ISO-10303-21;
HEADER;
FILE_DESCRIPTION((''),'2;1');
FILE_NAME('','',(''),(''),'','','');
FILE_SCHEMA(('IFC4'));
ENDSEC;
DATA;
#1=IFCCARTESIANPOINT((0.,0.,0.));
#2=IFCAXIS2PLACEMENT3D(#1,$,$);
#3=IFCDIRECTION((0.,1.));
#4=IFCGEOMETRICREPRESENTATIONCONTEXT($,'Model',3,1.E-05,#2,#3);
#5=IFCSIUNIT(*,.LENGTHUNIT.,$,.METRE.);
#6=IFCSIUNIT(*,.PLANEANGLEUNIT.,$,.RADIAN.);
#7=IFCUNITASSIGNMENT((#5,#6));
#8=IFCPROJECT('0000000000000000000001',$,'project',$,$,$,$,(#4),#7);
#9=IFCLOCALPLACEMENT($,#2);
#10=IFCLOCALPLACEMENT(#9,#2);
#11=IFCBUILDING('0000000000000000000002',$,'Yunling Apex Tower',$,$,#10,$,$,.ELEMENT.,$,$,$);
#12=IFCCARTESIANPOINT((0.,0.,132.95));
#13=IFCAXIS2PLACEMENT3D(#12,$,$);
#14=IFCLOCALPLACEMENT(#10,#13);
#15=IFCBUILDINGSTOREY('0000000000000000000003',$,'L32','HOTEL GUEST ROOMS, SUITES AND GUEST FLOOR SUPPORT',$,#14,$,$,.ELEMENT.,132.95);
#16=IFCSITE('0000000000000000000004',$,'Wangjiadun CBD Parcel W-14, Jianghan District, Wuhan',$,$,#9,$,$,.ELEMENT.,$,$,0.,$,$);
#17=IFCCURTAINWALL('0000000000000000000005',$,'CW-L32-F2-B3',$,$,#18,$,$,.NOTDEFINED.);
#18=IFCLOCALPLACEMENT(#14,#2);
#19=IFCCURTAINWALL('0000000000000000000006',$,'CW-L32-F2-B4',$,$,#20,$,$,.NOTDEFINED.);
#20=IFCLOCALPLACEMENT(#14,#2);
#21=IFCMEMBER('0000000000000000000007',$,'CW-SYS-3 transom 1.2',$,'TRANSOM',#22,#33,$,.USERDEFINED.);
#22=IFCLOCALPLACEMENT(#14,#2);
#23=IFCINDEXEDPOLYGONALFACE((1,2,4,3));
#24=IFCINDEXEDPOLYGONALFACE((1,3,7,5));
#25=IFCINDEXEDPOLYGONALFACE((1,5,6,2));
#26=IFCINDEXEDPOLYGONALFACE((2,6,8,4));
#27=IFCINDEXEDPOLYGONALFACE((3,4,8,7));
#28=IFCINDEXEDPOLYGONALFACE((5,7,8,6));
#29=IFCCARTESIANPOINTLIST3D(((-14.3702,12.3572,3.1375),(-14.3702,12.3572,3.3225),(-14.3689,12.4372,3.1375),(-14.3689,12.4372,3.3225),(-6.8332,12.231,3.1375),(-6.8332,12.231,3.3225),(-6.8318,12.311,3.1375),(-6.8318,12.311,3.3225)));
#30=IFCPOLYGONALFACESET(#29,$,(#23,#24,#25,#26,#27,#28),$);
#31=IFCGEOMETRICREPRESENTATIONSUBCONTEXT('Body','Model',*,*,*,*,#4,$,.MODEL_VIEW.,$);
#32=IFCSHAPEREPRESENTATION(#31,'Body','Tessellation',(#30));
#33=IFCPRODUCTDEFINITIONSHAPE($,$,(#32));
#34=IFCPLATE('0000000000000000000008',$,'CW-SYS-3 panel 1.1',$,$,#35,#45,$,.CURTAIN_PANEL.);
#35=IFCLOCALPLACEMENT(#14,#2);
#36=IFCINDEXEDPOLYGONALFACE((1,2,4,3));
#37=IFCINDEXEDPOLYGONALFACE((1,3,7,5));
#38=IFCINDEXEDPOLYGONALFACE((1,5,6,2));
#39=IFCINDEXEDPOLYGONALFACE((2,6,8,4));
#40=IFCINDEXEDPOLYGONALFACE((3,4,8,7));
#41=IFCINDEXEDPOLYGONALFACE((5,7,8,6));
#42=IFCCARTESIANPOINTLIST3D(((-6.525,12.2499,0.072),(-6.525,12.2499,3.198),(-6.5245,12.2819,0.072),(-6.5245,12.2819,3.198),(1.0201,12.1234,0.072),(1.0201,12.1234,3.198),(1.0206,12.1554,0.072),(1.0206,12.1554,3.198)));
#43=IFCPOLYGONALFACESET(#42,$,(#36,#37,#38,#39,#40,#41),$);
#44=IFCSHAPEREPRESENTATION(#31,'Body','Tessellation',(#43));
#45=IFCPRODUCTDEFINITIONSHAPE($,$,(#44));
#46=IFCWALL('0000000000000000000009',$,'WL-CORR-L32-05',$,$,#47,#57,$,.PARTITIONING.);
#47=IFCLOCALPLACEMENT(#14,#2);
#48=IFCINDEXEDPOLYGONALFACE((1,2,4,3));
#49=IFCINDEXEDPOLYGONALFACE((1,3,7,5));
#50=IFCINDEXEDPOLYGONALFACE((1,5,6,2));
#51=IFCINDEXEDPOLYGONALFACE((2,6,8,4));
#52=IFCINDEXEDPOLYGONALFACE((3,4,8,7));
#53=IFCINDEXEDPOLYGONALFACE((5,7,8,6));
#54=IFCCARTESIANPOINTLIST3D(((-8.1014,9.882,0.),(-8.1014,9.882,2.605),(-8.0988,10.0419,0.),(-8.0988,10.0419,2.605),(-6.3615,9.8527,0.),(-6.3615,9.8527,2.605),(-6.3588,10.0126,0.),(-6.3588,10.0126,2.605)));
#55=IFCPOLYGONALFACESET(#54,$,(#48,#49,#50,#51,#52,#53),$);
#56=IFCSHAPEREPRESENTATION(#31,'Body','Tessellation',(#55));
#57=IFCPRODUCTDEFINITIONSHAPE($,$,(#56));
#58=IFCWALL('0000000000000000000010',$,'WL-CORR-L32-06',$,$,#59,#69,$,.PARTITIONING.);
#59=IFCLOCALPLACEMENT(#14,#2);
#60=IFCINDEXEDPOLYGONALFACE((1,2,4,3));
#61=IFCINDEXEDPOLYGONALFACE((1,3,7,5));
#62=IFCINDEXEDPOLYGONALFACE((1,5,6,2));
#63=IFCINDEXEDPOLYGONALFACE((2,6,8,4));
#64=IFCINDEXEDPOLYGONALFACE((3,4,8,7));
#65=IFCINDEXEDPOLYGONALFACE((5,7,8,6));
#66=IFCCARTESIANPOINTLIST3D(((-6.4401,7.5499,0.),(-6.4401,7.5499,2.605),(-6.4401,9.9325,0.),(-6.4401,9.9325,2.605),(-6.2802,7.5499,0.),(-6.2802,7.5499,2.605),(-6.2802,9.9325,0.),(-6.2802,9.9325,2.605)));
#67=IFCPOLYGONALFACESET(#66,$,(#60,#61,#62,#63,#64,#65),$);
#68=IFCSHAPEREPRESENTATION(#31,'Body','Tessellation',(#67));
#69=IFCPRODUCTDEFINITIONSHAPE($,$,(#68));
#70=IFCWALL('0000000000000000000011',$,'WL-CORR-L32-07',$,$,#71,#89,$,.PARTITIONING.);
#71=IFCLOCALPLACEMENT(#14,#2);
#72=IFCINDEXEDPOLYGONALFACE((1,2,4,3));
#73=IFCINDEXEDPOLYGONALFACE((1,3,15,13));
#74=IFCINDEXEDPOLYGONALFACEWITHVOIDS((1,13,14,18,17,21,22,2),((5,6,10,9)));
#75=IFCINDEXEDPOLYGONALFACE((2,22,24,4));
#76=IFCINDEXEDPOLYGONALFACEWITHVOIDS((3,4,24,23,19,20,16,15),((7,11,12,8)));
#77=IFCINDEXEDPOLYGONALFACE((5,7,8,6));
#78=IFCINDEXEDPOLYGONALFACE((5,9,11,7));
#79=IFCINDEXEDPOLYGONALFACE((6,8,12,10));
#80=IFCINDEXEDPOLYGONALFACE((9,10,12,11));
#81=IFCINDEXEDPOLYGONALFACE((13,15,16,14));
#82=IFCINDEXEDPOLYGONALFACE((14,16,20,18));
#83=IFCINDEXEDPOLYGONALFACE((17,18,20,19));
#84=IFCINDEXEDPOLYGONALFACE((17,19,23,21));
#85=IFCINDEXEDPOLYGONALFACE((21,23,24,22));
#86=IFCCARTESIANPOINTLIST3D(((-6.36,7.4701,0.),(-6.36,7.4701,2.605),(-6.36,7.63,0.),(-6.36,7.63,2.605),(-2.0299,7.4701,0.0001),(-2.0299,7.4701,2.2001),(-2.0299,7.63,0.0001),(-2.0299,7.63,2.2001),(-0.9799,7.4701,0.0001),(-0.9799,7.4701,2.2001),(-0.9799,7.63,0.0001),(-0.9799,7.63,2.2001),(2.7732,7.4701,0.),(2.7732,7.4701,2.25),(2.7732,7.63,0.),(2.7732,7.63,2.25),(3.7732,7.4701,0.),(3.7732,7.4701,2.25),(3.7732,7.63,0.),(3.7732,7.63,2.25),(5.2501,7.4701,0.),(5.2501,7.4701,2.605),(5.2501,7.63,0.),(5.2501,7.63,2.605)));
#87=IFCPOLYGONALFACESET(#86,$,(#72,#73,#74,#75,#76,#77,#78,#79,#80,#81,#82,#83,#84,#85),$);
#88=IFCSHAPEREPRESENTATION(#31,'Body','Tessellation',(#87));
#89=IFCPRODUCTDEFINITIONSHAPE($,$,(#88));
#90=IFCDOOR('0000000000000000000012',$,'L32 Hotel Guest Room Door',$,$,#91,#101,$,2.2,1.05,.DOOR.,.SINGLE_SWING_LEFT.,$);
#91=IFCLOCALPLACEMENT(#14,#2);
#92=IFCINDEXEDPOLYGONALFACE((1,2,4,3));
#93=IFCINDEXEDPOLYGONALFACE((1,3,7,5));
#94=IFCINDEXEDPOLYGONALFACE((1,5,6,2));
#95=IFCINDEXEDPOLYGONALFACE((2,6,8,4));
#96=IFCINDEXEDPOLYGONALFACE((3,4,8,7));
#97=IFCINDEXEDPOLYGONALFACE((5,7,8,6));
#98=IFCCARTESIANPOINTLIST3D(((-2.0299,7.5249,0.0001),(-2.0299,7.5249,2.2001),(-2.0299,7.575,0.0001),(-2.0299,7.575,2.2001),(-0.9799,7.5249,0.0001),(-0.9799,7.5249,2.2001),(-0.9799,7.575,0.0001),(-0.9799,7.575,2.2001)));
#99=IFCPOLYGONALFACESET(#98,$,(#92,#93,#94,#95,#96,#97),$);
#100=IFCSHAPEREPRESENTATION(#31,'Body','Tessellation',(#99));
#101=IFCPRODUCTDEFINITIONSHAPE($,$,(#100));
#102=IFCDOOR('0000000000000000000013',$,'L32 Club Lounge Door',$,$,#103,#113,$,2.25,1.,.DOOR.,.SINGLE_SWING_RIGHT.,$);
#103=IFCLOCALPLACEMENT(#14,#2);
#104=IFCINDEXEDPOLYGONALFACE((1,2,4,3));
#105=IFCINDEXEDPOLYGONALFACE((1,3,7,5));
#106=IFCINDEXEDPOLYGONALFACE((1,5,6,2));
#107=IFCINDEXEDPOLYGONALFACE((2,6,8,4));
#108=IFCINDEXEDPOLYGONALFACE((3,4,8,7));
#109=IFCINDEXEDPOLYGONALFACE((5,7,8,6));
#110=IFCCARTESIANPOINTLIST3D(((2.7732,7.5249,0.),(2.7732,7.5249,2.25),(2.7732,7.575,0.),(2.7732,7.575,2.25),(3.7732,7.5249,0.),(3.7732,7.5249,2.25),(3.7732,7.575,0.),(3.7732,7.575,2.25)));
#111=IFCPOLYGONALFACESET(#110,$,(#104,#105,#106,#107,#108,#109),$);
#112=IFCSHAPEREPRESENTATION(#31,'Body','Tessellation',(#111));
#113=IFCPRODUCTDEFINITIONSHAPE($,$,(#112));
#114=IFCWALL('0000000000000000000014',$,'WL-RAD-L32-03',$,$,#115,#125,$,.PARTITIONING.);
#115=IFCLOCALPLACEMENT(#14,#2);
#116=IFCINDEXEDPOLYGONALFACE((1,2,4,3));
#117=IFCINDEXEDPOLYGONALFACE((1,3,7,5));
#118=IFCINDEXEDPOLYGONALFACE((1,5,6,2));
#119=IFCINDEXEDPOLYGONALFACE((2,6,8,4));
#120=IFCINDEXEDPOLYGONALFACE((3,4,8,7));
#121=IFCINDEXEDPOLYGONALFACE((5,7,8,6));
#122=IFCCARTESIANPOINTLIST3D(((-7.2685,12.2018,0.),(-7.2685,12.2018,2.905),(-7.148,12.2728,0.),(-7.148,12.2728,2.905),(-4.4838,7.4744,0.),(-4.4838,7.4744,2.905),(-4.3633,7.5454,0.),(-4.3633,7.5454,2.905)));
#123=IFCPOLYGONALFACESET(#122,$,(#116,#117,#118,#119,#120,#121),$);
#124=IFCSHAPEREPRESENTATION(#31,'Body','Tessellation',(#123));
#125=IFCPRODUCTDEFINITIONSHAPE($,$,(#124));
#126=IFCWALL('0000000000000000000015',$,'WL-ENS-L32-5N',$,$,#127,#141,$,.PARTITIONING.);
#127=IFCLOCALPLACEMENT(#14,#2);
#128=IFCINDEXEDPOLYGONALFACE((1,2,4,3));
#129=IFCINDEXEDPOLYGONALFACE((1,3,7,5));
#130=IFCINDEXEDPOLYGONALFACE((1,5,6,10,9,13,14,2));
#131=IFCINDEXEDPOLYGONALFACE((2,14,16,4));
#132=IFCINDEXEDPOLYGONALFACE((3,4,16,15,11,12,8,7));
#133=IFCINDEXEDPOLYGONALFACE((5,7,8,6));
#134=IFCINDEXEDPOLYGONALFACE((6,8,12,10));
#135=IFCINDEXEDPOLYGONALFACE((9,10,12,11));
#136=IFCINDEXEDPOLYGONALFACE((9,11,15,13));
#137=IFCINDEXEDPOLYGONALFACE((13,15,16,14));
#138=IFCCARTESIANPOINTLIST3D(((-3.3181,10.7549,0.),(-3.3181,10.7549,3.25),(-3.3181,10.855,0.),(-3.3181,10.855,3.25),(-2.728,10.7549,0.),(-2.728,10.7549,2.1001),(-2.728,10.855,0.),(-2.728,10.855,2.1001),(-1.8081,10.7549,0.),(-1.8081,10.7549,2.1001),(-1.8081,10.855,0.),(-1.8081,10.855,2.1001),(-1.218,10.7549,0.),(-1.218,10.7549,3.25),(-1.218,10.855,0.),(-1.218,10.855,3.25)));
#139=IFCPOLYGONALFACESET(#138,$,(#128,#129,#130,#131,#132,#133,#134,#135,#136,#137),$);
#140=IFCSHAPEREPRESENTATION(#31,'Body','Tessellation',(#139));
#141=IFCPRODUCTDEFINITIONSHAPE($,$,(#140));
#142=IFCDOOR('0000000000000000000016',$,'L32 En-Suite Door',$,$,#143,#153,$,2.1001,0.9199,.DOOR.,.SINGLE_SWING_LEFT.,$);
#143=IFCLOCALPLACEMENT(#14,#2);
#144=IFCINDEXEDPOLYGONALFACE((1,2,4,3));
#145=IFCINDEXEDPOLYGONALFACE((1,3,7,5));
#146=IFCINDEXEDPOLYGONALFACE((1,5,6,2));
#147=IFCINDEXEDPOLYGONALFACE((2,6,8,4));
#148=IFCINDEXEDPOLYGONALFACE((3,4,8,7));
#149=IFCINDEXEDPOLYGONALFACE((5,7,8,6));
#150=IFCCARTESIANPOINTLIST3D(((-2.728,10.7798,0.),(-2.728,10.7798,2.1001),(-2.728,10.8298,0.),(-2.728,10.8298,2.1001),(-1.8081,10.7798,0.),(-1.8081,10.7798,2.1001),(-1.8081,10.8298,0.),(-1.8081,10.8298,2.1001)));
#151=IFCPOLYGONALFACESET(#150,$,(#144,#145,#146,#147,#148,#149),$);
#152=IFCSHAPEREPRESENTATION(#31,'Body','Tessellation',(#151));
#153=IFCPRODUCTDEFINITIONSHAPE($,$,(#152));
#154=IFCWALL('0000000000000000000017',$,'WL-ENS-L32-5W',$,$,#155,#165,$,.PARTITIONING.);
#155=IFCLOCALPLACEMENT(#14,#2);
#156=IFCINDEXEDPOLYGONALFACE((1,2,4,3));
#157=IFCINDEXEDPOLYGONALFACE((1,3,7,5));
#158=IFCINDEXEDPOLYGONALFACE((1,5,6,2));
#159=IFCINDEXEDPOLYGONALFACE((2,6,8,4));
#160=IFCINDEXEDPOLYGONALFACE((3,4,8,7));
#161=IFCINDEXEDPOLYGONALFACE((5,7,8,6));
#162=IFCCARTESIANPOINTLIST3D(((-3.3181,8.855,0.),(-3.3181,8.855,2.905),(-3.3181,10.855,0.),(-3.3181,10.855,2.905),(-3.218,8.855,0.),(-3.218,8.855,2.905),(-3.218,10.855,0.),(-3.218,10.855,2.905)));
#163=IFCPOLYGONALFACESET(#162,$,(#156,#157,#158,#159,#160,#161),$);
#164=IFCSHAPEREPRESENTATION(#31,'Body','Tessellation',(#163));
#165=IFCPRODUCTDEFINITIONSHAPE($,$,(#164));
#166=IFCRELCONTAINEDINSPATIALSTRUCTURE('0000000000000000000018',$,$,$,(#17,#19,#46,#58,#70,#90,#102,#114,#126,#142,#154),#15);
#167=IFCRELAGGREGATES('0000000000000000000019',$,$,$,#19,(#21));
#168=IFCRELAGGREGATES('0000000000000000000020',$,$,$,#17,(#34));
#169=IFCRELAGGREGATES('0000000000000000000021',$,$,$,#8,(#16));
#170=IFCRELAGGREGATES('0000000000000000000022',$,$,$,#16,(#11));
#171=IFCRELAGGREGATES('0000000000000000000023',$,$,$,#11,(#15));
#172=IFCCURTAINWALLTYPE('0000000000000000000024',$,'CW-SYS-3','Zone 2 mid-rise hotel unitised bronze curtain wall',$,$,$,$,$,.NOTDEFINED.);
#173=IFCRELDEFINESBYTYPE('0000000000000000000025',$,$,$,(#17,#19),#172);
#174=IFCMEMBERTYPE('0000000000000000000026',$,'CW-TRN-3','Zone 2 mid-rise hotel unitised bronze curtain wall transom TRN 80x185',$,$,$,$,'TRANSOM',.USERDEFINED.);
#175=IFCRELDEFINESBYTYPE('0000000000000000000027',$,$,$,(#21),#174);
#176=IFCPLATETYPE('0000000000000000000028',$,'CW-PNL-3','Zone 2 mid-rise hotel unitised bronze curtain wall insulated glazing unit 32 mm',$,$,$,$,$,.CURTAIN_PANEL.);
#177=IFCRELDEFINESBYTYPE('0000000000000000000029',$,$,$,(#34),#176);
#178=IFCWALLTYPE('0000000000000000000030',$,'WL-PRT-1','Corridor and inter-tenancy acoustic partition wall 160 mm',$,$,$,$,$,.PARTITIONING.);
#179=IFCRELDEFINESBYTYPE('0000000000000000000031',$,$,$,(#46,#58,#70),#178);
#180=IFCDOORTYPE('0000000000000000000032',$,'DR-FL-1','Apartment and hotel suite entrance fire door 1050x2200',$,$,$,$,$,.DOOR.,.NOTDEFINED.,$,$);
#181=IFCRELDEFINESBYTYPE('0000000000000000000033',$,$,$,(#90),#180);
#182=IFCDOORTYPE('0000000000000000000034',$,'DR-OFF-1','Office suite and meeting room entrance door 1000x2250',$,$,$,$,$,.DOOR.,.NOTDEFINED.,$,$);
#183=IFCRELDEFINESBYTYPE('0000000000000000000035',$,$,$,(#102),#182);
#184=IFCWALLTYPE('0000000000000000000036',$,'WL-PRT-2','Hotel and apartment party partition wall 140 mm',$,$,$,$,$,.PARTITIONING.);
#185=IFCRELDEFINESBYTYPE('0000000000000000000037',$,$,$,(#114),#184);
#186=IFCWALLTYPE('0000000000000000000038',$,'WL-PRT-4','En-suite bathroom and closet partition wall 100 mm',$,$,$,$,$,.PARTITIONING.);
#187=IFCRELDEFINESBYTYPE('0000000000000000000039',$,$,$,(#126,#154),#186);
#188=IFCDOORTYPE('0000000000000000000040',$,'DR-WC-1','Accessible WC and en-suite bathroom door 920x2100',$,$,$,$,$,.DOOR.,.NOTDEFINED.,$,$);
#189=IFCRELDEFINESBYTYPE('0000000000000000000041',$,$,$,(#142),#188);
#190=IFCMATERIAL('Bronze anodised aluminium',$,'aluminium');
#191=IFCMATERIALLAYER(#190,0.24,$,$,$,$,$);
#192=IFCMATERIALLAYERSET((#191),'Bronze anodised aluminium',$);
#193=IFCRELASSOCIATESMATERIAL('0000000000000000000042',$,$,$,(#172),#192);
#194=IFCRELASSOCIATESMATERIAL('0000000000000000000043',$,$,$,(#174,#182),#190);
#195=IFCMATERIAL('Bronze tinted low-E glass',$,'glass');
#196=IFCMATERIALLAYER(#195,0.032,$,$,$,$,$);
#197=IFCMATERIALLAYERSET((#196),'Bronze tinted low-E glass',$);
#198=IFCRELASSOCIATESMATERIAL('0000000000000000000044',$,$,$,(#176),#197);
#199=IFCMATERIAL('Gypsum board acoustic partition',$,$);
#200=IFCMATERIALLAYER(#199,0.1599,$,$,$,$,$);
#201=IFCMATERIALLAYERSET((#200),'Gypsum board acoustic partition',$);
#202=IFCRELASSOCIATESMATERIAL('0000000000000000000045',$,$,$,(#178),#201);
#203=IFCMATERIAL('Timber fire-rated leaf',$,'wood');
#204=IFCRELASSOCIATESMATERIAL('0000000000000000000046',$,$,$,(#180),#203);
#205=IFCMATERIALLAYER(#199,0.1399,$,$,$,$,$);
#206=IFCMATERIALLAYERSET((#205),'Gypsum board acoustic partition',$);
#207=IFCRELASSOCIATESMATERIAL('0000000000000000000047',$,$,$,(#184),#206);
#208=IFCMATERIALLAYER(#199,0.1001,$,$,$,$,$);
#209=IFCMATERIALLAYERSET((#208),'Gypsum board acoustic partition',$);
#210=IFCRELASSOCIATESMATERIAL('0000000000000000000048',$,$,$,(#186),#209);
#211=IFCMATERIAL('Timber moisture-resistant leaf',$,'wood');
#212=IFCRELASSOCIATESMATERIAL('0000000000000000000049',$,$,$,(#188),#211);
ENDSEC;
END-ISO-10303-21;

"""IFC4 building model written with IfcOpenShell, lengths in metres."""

from ifc_helpers import new_model, si_unit, direction, frame, frame_2d, origin, origin_2d, place, context, subcontext, project, spatial, rectangle, extrude, source, transform, mapped, material, layer, layer_set, material_profile, profile_set, type_object, element, fill, aggregate, save


model = new_model("IFC4")

# Units and contexts
model_context = context("Model", 3, precision=1e-05, world=origin(), true_north=direction((0.0, 1.0)))
body_context = subcontext(model_context, "Body", "Model", "MODEL_VIEW")
ifc_project = project(units=[si_unit("LENGTHUNIT", "METRE"), si_unit("PLANEANGLEUNIT", "RADIAN")], contexts=[model_context])

# Site, building, storey
site_placement = place(None, origin())
site = spatial("IfcSite", under=ifc_project, at=site_placement, Name="Wangjiadun CBD Parcel W-14, Jianghan District, Wuhan", CompositionType="ELEMENT", RefElevation=0.0)
building_placement = place(site_placement, origin())
building = spatial("IfcBuilding", under=site, at=building_placement, Name="Yunling Apex Tower", CompositionType="ELEMENT")
storey_placement = place(building_placement, frame((0.0, 0.0, 132.95)))
storey = spatial("IfcBuildingStorey", under=building, at=storey_placement, Name="L32", Description="HOTEL GUEST ROOMS, SUITES AND GUEST FLOOR SUPPORT", CompositionType="ELEMENT", Elevation=132.95)

# Curtain wall
ifc_material_1 = material(Name="Bronze anodised aluminium", Category="aluminium")
ifc_layer_1 = layer(ifc_material_1, 0.24)
ifc_layer_set_1 = layer_set([ifc_layer_1], Name="Bronze anodised aluminium")
curtain_wall_type = type_object("IfcCurtainWallType", Name="CW-SYS-3", Description="Zone 2 mid-rise hotel unitised bronze curtain wall", PredefinedType="NOTDEFINED", material=ifc_layer_set_1)
curtain_wall_1_placement = place(storey_placement, origin())
curtain_wall_1 = element("IfcCurtainWall", 1, at=curtain_wall_1_placement, inside=storey, type_object=curtain_wall_type, Name="CW-L32-F2-B3", PredefinedType="NOTDEFINED")

# Curtain wall, member
curtain_wall_2_placement = place(storey_placement, origin())
curtain_wall_2 = element("IfcCurtainWall", 2, at=curtain_wall_2_placement, inside=storey, type_object=curtain_wall_type, Name="CW-L32-F2-B4", PredefinedType="NOTDEFINED")
ifc_material_profile_1 = material_profile(ifc_material_1, rectangle(XDim=0.0801, YDim=0.1851, at=origin_2d()))
ifc_profile_set_1 = profile_set([ifc_material_profile_1], Name="Bronze anodised aluminium")
member_type_1 = type_object("IfcMemberType", Name="CW-TRN-3", Description="Zone 2 mid-rise hotel unitised bronze curtain wall transom TRN 80x185", ElementType="TRANSOM", PredefinedType="USERDEFINED", material=ifc_profile_set_1)
shared_shape_1 = source(origin(), body_context, "Body", "SweptSolid", [
    extrude(rectangle(XDim=0.0801, YDim=0.1851, at=origin_2d()), origin(), (0.0, 0.0, 1.0), 7.5381),
])
member_1_placement = place(storey_placement, frame((-6.8325, 12.271, 3.23), z_axis=(-0.99986, 0.016744, 0.0), x_axis=(-0.016744, -0.99986, 0.0)))
member_1 = element("IfcMember", 3, at=member_1_placement, type_object=member_type_1, Name="CW-SYS-3 transom 1.2", ObjectType="TRANSOM", PredefinedType="USERDEFINED", context=body_context, shape_type="MappedRepresentation", body=[
    mapped(shared_shape_1, transform((0.0, 0.0, 0.0), scale=1.0)),
])
aggregate(curtain_wall_2, [member_1])

# Plate
ifc_material_2 = material(Name="Bronze tinted low-E glass", Category="glass")
ifc_layer_2 = layer(ifc_material_2, 0.032)
ifc_layer_set_2 = layer_set([ifc_layer_2], Name="Bronze tinted low-E glass")
plate_type = type_object("IfcPlateType", Name="CW-PNL-3", Description="Zone 2 mid-rise hotel unitised bronze curtain wall insulated glazing unit 32 mm", PredefinedType="CURTAIN_PANEL", material=ifc_layer_set_2)
shared_shape_2 = source(origin(), body_context, "Body", "SweptSolid", [
    extrude(rectangle(XDim=7.5461, YDim=0.032, at=origin_2d()), origin(), (0.0, 0.0, 1.0), 3.126),
])
plate_placement = place(storey_placement, frame((-2.7522, 12.2026, 0.072), z_axis=(0.0, 0.0, 1.0), x_axis=(-0.99986, 0.016762, 0.0)))
plate = element("IfcPlate", 4, at=plate_placement, type_object=plate_type, Name="CW-SYS-3 panel 1.1", PredefinedType="CURTAIN_PANEL", context=body_context, shape_type="MappedRepresentation", body=[
    mapped(shared_shape_2, transform((0.0, 0.0, 0.0), scale=1.0)),
])
aggregate(curtain_wall_1, [plate])

# Walls
ifc_material_3 = material(Name="Gypsum board acoustic partition")
ifc_layer_3 = layer(ifc_material_3, 0.1599)
ifc_layer_set_3 = layer_set([ifc_layer_3], Name="Gypsum board acoustic partition")
wall_type_1 = type_object("IfcWallType", Name="WL-PRT-1", Description="Corridor and inter-tenancy acoustic partition wall 160 mm", PredefinedType="PARTITIONING", material=ifc_layer_set_3)
wall_1_placement = place(storey_placement, frame((-8.1001, 9.9619, 0.0), z_axis=(0.0, 0.0, 1.0), x_axis=(0.999858, -0.016835, 0.0)))
element("IfcWall", 5, at=wall_1_placement, inside=storey, type_object=wall_type_1, Name="WL-CORR-L32-05", PredefinedType="PARTITIONING", context=body_context, shape_type="SweptSolid", body=[
    extrude(rectangle(XDim=1.7402, YDim=0.1599, at=frame_2d((0.8701, 0.0))), origin(), (0.0, 0.0, 1.0), 2.605),
])
wall_2_placement = place(storey_placement, frame((-6.3601, 9.9326, 0.0), z_axis=(0.0, 0.0, 1.0), x_axis=(0.0, -1.0, 0.0)))
element("IfcWall", 6, at=wall_2_placement, inside=storey, type_object=wall_type_1, Name="WL-CORR-L32-06", PredefinedType="PARTITIONING", context=body_context, shape_type="SweptSolid", body=[
    extrude(rectangle(XDim=2.3826, YDim=0.1599, at=frame_2d((1.1914, 0.0))), origin(), (0.0, 0.0, 1.0), 2.605),
])

# Wall, openings, doors
wall_3_placement = place(storey_placement, frame((-6.3601, 7.55, 0.0), z_axis=(0.0, 0.0, 1.0), x_axis=(1.0, 0.0, 0.0)))
wall_3 = element("IfcWall", 7, at=wall_3_placement, inside=storey, type_object=wall_type_1, Name="WL-CORR-L32-07", PredefinedType="PARTITIONING", context=body_context, shape_type="SweptSolid", body=[
    extrude(rectangle(XDim=11.6101, YDim=0.1599, at=frame_2d((5.8052, 0.0))), origin(), (0.0, 0.0, 1.0), 2.605),
])
opening_1_placement = place(wall_3_placement, frame((4.3303, 0.0, 0.0)))
opening_1 = element("IfcOpeningElement", 8, at=opening_1_placement, cuts=wall_3, PredefinedType="OPENING", context=body_context, shape_type="SweptSolid", body=[
    extrude(rectangle(XDim=1.05, YDim=2.2, at=frame_2d((0.5249, 1.1001))), frame((0.0, 0.0898, 0.0), z_axis=(0.0, -1.0, 0.0), x_axis=(1.0, 0.0, 0.0)), (0.0, 0.0, 1.0), 0.1799),
])
opening_2_placement = place(wall_3_placement, frame((9.1333, 0.0, 0.0)))
opening_2 = element("IfcOpeningElement", 9, at=opening_2_placement, cuts=wall_3, PredefinedType="OPENING", context=body_context, shape_type="SweptSolid", body=[
    extrude(rectangle(XDim=1.0, YDim=2.25, at=frame_2d((0.5, 1.125))), frame((0.0, 0.0898, 0.0), z_axis=(0.0, -1.0, 0.0), x_axis=(1.0, 0.0, 0.0)), (0.0, 0.0, 1.0), 0.1799),
])
ifc_material_4 = material(Name="Timber fire-rated leaf", Category="wood")
door_type_1 = type_object("IfcDoorType", Name="DR-FL-1", Description="Apartment and hotel suite entrance fire door 1050x2200", OperationType="NOTDEFINED", PredefinedType="DOOR", material=ifc_material_4)
door_1_placement = place(opening_1_placement, origin())
door_1 = element("IfcDoor", 10, at=door_1_placement, inside=storey, type_object=door_type_1, Name="L32 Hotel Guest Room Door", OperationType="SINGLE_SWING_LEFT", OverallHeight=2.2, OverallWidth=1.05, PredefinedType="DOOR", context=body_context, shape_type="SweptSolid", body=[
    extrude(rectangle(XDim=1.05, YDim=2.2, at=frame_2d((0.5249, 1.1001))), frame((0.0, 0.0249, 0.0), z_axis=(0.0, -1.0, 0.0), x_axis=(1.0, 0.0, 0.0)), (0.0, 0.0, 1.0), 0.05),
])
fill(opening_1, door_1)
door_type_2 = type_object("IfcDoorType", Name="DR-OFF-1", Description="Office suite and meeting room entrance door 1000x2250", OperationType="NOTDEFINED", PredefinedType="DOOR", material=ifc_material_1)
door_2_placement = place(opening_2_placement, origin())
door_2 = element("IfcDoor", 11, at=door_2_placement, inside=storey, type_object=door_type_2, Name="L32 Club Lounge Door", OperationType="SINGLE_SWING_RIGHT", OverallHeight=2.25, OverallWidth=1.0, PredefinedType="DOOR", context=body_context, shape_type="SweptSolid", body=[
    extrude(rectangle(XDim=1.0, YDim=2.25, at=frame_2d((0.5, 1.125))), frame((0.0, 0.0249, 0.0), z_axis=(0.0, -1.0, 0.0), x_axis=(1.0, 0.0, 0.0)), (0.0, 0.0, 1.0), 0.05),
])
fill(opening_2, door_2)

# Wall
ifc_layer_4 = layer(ifc_material_3, 0.1399)
ifc_layer_set_4 = layer_set([ifc_layer_4], Name="Gypsum board acoustic partition")
wall_type_2 = type_object("IfcWallType", Name="WL-PRT-2", Description="Hotel and apartment party partition wall 140 mm", PredefinedType="PARTITIONING", material=ifc_layer_set_4)
wall_4_placement = place(storey_placement, frame((-4.4236, 7.51, 0.0), z_axis=(0.0, 0.0, 1.0), x_axis=(-0.507549, 0.861623, 0.0)))
element("IfcWall", 12, at=wall_4_placement, inside=storey, type_object=wall_type_2, Name="WL-RAD-L32-03", PredefinedType="PARTITIONING", context=body_context, shape_type="SweptSolid", body=[
    extrude(rectangle(XDim=5.4866, YDim=0.1399, at=frame_2d((2.7432, 0.0))), origin(), (0.0, 0.0, 1.0), 2.905),
])

# Wall, opening, door
ifc_layer_5 = layer(ifc_material_3, 0.1001)
ifc_layer_set_5 = layer_set([ifc_layer_5], Name="Gypsum board acoustic partition")
wall_type_3 = type_object("IfcWallType", Name="WL-PRT-4", Description="En-suite bathroom and closet partition wall 100 mm", PredefinedType="PARTITIONING", material=ifc_layer_set_5)
wall_5_placement = place(storey_placement, frame((-3.3181, 10.8049, 0.0), z_axis=(0.0, 0.0, 1.0), x_axis=(1.0, 0.0, 0.0)))
wall_5 = element("IfcWall", 13, at=wall_5_placement, inside=storey, type_object=wall_type_3, Name="WL-ENS-L32-5N", PredefinedType="PARTITIONING", context=body_context, shape_type="SweptSolid", body=[
    extrude(rectangle(XDim=2.1001, YDim=0.1001, at=frame_2d((1.05, 0.0))), origin(), (0.0, 0.0, 1.0), 3.25),
])
opening_3_placement = place(wall_5_placement, frame((0.5901, 0.0, 0.0)))
opening_3 = element("IfcOpeningElement", 14, at=opening_3_placement, cuts=wall_5, PredefinedType="OPENING", context=body_context, shape_type="SweptSolid", body=[
    extrude(rectangle(XDim=0.9199, YDim=2.1001, at=frame_2d((0.46, 1.05))), frame((0.0, 0.0601, 0.0), z_axis=(0.0, -1.0, 0.0), x_axis=(1.0, 0.0, 0.0)), (0.0, 0.0, 1.0), 0.1201),
])
ifc_material_5 = material(Name="Timber moisture-resistant leaf", Category="wood")
door_type_3 = type_object("IfcDoorType", Name="DR-WC-1", Description="Accessible WC and en-suite bathroom door 920x2100", OperationType="NOTDEFINED", PredefinedType="DOOR", material=ifc_material_5)
door_3_placement = place(opening_3_placement, origin())
door_3 = element("IfcDoor", 15, at=door_3_placement, inside=storey, type_object=door_type_3, Name="L32 En-Suite Door", OperationType="SINGLE_SWING_LEFT", OverallHeight=2.1001, OverallWidth=0.9199, PredefinedType="DOOR", context=body_context, shape_type="SweptSolid", body=[
    extrude(rectangle(XDim=0.9199, YDim=2.1001, at=frame_2d((0.46, 1.05))), frame((0.0, 0.0249, 0.0), z_axis=(0.0, -1.0, 0.0), x_axis=(1.0, 0.0, 0.0)), (0.0, 0.0, 1.0), 0.05),
])
fill(opening_3, door_3)

# Wall
wall_6_placement = place(storey_placement, frame((-3.2681, 8.855, 0.0), z_axis=(0.0, 0.0, 1.0), x_axis=(0.0, 1.0, 0.0)))
element("IfcWall", 16, at=wall_6_placement, inside=storey, type_object=wall_type_3, Name="WL-ENS-L32-5W", PredefinedType="PARTITIONING", context=body_context, shape_type="SweptSolid", body=[
    extrude(rectangle(XDim=2.0, YDim=0.1001, at=frame_2d((1.0, 0.0))), origin(), (0.0, 0.0, 1.0), 2.905),
])

save(model, "model.ifc")
